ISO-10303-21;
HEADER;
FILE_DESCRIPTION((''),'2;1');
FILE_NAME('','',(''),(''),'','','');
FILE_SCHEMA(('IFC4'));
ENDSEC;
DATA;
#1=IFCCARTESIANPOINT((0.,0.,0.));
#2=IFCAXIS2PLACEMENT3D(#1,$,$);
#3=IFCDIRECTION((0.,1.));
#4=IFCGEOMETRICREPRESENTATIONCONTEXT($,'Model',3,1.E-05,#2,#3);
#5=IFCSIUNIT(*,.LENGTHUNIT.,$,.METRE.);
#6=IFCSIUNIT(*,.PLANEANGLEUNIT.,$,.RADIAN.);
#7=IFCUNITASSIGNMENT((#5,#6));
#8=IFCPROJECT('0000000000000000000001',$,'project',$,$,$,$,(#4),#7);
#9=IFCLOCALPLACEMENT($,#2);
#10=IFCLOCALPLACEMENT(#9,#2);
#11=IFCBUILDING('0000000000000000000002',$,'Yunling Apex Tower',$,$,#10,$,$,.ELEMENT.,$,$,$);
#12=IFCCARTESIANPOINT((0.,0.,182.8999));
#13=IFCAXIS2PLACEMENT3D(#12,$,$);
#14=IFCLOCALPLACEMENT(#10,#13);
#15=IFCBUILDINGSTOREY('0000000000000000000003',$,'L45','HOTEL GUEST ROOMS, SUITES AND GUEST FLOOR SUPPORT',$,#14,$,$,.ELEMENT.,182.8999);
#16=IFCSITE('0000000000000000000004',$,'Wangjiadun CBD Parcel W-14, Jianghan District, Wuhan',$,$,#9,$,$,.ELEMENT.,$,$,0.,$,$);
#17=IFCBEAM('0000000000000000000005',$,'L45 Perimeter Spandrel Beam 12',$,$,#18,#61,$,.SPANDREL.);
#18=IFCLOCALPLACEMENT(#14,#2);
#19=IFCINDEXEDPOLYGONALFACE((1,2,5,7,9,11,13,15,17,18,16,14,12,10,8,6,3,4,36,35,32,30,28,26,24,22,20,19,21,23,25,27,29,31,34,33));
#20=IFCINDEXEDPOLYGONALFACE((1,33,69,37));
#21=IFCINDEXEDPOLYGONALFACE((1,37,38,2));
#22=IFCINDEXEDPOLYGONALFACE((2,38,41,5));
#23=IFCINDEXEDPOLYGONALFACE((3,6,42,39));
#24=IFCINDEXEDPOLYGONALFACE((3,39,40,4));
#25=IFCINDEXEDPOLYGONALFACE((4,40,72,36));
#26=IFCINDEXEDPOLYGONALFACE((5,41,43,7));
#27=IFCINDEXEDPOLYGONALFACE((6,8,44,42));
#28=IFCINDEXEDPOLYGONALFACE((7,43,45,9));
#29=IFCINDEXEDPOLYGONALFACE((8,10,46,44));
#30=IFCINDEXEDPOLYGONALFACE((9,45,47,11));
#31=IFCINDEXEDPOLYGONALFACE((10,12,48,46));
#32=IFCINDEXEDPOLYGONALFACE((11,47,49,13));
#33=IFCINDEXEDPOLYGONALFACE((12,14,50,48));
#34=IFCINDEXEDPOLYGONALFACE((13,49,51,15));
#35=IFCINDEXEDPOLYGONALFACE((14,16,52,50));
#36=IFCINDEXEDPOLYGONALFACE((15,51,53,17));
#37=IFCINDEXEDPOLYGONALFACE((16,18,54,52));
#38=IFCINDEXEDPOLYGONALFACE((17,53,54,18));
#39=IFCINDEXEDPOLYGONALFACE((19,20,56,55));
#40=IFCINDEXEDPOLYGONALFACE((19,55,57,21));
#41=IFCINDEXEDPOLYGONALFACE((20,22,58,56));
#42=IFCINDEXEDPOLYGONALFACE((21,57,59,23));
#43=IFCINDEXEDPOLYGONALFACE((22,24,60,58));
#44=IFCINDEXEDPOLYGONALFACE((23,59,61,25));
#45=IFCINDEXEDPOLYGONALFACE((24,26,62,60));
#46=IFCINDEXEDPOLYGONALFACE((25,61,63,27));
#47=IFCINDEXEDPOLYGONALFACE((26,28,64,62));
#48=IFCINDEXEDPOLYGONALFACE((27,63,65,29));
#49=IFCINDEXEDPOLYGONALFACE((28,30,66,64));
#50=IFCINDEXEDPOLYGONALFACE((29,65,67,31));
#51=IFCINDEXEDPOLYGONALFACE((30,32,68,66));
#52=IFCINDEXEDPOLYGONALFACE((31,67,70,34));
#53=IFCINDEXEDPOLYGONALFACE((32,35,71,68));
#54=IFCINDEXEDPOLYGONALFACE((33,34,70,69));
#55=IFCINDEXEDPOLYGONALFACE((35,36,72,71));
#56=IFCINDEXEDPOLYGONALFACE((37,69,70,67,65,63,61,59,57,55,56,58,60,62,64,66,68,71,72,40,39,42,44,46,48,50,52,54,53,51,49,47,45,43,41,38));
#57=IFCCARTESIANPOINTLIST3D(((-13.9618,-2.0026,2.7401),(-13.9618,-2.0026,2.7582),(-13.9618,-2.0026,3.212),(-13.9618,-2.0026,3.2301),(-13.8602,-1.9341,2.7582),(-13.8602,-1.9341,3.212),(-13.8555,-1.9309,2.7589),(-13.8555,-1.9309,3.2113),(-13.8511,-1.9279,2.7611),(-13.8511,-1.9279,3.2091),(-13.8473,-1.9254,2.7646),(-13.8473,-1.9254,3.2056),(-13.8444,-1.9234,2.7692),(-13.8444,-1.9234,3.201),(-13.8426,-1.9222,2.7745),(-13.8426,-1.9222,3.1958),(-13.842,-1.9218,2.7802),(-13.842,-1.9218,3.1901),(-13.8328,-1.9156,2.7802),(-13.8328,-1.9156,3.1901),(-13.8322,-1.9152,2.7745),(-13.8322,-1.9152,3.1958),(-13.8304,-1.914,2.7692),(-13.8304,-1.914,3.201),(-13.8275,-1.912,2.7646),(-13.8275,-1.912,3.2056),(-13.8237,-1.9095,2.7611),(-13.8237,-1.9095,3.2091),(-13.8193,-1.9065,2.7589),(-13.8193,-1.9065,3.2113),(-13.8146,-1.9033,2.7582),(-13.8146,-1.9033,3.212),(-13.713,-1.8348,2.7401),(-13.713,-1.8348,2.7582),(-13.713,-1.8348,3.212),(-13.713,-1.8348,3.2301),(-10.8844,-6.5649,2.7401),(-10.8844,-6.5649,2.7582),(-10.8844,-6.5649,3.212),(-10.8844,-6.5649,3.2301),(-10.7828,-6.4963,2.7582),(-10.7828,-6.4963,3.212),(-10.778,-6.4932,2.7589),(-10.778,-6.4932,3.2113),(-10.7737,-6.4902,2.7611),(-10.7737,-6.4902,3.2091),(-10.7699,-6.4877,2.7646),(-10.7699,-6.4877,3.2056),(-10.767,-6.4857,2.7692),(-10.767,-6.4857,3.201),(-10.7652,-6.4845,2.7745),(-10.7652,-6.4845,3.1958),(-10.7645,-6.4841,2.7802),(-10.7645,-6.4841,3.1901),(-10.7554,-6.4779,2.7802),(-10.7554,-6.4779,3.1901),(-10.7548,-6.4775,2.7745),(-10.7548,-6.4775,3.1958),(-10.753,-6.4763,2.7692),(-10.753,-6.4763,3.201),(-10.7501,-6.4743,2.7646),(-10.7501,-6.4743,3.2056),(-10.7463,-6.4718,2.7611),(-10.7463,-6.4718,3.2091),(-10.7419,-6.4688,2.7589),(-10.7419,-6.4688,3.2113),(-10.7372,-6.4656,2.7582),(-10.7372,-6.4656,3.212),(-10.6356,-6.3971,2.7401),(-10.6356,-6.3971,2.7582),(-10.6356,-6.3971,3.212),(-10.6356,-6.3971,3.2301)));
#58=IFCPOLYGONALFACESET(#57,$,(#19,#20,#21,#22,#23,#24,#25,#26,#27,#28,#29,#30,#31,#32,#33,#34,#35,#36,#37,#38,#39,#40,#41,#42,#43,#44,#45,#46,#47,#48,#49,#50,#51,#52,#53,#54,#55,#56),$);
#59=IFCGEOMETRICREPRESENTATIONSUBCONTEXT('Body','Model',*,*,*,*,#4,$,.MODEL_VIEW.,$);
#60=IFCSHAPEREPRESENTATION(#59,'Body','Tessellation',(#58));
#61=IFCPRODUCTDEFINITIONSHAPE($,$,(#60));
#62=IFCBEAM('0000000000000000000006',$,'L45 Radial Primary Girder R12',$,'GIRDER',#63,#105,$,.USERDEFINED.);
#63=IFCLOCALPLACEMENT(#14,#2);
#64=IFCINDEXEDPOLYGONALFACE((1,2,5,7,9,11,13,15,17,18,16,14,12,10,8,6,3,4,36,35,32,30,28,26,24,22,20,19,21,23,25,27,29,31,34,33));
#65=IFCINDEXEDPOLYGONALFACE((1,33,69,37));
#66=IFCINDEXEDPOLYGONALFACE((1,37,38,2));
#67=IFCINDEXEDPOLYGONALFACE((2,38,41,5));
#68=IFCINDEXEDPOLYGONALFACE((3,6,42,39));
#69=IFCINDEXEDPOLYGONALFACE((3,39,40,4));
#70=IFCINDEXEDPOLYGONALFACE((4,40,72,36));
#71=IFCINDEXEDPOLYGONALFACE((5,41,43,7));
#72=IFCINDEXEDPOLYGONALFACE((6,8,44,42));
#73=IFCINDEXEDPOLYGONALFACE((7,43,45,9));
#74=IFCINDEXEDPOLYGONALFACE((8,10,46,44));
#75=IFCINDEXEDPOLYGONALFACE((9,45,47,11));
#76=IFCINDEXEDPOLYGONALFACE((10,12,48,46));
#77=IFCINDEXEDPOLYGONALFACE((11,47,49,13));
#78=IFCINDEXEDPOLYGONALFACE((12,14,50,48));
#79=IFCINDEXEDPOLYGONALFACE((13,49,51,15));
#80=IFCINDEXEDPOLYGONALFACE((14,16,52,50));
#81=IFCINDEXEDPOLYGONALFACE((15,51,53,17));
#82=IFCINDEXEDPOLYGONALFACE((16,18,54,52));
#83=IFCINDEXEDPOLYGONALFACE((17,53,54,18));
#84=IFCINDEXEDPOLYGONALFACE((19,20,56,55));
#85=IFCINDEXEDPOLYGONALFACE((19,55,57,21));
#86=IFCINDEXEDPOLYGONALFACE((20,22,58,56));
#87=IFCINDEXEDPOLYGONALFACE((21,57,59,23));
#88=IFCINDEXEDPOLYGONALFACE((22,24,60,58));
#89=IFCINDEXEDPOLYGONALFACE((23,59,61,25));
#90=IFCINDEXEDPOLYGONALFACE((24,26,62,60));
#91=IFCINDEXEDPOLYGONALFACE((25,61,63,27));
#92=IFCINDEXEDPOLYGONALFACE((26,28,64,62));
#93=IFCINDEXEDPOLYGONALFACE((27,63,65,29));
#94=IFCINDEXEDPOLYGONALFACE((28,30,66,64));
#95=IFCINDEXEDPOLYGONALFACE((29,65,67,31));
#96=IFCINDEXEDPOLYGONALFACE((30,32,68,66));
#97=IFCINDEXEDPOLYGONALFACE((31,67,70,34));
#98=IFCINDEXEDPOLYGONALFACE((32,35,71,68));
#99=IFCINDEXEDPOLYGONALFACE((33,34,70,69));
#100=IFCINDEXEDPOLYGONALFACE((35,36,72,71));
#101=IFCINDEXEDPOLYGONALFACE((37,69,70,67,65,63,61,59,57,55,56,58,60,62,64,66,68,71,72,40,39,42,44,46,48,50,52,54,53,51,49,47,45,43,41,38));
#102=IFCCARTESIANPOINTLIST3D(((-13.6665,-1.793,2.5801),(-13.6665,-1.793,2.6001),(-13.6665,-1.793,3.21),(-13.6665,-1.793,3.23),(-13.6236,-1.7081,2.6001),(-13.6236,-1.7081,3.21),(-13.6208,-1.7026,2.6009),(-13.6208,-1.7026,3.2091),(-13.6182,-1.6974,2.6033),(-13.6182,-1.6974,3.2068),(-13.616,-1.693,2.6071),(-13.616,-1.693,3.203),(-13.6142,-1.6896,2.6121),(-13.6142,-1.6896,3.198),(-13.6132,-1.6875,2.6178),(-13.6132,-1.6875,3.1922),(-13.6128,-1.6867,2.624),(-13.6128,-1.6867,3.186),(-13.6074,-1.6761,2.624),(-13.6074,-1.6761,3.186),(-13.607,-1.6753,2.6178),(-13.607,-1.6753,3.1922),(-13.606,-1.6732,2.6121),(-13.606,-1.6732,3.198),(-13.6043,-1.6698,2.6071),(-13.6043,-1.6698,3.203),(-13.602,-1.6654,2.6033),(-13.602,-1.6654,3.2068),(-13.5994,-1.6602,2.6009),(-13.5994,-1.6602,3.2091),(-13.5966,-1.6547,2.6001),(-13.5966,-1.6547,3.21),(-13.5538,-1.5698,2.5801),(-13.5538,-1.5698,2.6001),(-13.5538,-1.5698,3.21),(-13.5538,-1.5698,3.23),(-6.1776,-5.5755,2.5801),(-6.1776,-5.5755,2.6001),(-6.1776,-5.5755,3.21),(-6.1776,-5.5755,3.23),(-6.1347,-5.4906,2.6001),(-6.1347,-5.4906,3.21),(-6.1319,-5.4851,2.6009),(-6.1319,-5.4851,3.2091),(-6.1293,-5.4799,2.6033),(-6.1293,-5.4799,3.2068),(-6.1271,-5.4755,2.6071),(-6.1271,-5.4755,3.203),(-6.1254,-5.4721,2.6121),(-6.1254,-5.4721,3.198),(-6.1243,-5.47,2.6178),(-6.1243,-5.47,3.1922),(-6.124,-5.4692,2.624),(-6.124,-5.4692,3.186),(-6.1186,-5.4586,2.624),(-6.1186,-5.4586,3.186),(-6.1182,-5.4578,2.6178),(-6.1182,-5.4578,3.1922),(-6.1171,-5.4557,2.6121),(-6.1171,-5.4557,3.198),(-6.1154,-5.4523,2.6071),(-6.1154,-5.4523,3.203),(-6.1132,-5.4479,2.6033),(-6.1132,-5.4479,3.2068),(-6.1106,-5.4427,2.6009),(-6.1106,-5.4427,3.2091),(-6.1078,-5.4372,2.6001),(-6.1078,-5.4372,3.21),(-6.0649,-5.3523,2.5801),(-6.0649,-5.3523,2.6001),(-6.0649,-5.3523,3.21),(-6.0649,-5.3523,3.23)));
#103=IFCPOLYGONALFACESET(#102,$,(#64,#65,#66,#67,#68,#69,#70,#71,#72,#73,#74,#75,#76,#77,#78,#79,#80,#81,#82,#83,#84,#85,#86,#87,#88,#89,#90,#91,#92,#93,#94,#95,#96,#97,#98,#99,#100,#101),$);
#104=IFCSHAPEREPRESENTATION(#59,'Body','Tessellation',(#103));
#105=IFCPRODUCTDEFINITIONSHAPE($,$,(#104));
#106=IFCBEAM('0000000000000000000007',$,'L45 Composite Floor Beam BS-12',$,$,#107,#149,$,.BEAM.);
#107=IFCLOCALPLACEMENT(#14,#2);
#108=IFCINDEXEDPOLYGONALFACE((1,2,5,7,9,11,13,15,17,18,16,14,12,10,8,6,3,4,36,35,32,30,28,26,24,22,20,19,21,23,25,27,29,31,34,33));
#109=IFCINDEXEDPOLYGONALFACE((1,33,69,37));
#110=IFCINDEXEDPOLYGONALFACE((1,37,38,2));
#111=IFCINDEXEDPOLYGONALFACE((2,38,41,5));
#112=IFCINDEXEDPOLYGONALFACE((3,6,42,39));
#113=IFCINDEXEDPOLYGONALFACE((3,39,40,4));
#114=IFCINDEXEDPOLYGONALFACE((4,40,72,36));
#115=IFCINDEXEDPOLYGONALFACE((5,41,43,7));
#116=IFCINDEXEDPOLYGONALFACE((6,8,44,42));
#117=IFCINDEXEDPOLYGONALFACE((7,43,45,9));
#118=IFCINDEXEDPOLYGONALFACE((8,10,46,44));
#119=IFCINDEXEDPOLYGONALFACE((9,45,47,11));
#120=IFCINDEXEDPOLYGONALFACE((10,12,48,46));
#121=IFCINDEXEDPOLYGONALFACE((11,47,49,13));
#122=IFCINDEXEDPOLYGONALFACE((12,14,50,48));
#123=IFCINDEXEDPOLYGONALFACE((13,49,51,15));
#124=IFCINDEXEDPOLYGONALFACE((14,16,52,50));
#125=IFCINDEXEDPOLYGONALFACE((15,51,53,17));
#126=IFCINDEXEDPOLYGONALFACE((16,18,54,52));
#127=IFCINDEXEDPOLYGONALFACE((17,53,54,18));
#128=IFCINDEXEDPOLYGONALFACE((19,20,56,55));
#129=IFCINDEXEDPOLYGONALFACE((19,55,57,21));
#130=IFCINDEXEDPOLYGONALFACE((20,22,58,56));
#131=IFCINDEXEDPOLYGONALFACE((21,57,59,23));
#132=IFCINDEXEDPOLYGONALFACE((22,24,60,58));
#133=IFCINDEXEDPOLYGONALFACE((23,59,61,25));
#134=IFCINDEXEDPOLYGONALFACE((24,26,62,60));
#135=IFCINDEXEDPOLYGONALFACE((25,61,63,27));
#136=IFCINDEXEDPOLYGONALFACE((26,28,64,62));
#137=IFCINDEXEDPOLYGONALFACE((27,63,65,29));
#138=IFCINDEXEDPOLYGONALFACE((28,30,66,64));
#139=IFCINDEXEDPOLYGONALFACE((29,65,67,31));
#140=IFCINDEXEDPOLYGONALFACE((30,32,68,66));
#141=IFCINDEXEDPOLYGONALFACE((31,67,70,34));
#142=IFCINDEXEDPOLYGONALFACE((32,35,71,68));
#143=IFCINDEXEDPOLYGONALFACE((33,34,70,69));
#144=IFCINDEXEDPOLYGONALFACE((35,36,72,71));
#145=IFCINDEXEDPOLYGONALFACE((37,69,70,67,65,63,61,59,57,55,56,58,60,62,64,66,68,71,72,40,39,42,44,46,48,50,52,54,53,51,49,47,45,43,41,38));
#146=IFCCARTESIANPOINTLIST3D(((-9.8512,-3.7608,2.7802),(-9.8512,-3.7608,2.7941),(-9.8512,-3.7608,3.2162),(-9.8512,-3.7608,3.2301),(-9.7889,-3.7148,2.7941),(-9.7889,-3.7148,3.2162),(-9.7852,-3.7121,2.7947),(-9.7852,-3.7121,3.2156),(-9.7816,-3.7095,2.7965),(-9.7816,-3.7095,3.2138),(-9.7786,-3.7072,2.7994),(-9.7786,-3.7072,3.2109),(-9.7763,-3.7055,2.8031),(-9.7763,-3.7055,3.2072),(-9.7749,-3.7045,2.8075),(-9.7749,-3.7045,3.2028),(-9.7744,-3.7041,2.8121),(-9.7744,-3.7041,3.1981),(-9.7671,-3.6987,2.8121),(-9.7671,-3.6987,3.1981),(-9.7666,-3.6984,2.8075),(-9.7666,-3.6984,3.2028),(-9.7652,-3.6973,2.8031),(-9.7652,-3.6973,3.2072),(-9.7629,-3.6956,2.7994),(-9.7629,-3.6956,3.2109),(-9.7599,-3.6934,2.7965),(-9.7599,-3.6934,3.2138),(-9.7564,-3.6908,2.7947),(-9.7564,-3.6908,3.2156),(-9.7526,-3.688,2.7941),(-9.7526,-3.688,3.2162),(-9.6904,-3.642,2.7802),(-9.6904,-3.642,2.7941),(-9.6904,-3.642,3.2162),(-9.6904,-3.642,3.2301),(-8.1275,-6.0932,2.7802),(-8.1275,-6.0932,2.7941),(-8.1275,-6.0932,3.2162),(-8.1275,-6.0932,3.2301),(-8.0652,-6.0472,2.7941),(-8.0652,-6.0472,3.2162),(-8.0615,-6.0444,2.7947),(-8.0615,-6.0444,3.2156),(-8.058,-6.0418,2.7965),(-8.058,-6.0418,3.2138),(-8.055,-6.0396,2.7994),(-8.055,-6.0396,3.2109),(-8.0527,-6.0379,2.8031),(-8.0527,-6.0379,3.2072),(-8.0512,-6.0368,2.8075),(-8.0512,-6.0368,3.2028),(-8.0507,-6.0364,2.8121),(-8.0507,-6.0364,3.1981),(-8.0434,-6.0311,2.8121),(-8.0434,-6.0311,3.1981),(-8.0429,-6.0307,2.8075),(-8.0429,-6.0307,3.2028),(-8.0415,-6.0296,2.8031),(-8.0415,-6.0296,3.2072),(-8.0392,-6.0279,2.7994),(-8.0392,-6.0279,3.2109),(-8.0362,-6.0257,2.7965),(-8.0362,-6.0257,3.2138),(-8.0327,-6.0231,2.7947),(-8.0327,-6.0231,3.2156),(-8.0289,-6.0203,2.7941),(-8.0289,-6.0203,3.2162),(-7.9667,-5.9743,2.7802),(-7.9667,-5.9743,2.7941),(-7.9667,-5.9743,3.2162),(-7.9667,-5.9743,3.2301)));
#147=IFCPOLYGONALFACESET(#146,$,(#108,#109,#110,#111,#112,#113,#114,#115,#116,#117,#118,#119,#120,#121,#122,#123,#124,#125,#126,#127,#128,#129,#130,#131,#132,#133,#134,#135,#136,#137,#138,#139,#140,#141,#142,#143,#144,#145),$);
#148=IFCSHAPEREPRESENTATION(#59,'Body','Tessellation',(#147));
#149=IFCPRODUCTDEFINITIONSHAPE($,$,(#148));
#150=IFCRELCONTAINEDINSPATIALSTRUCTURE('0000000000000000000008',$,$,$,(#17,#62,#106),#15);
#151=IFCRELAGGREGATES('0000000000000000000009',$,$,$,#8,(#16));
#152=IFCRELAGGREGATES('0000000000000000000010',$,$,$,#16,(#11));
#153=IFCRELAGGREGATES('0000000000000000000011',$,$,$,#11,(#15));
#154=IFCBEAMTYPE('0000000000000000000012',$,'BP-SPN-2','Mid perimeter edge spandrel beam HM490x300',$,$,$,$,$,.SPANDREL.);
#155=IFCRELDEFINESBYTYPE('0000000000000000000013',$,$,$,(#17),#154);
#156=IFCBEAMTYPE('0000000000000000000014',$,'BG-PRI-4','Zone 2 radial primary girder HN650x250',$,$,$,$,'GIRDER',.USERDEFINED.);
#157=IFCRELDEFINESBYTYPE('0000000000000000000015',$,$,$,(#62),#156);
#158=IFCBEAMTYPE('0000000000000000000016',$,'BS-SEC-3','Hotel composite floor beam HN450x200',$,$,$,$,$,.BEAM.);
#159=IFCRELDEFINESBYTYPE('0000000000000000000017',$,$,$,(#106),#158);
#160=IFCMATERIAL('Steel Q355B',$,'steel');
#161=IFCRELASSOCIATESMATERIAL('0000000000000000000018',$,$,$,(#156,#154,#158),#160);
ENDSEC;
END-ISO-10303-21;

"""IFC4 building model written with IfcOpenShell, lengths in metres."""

from ifc_helpers import new_model, si_unit, direction, frame, origin, origin_2d, place, context, subcontext, project, spatial, i_section, extrude, source, transform, mapped, material, material_profile, profile_set, type_object, element, save


model = new_model("IFC4")

# Units and contexts
model_context = context("Model", 3, precision=1e-05, world=origin(), true_north=direction((0.0, 1.0)))
body_context = subcontext(model_context, "Body", "Model", "MODEL_VIEW")
ifc_project = project(units=[si_unit("LENGTHUNIT", "METRE"), si_unit("PLANEANGLEUNIT", "RADIAN")], contexts=[model_context])

# Site, building, storey
site_placement = place(None, origin())
site = spatial("IfcSite", under=ifc_project, at=site_placement, Name="Wangjiadun CBD Parcel W-14, Jianghan District, Wuhan", CompositionType="ELEMENT", RefElevation=0.0)
building_placement = place(site_placement, origin())
building = spatial("IfcBuilding", under=site, at=building_placement, Name="Yunling Apex Tower", CompositionType="ELEMENT")
storey_placement = place(building_placement, frame((0.0, 0.0, 182.8999)))
storey = spatial("IfcBuildingStorey", under=building, at=storey_placement, Name="L45", Description="HOTEL GUEST ROOMS, SUITES AND GUEST FLOOR SUPPORT", CompositionType="ELEMENT", Elevation=182.8999)

# Beams
ifc_material_1 = material(Name="Steel Q355B", Category="steel")
ifc_material_profile_1 = material_profile(ifc_material_1, i_section(OverallWidth=0.25, OverallDepth=0.6499, WebThickness=0.012, FlangeThickness=0.02, FilletRadius=0.0239, at=origin_2d()))
ifc_profile_set_1 = profile_set([ifc_material_profile_1], Name="Steel Q355B")
beam_type_1 = type_object("IfcBeamType", Name="BG-PRI-4", Description="Zone 2 radial primary girder HN650x250", ElementType="GIRDER", PredefinedType="USERDEFINED", material=ifc_profile_set_1)
ifc_material_profile_2 = material_profile(ifc_material_1, i_section(OverallWidth=0.3, OverallDepth=0.49, WebThickness=0.011, FlangeThickness=0.0181, FilletRadius=0.022, at=origin_2d()))
ifc_profile_set_2 = profile_set([ifc_material_profile_2], Name="Steel Q355B")
beam_type_2 = type_object("IfcBeamType", Name="BP-SPN-2", Description="Mid perimeter edge spandrel beam HM490x300", PredefinedType="SPANDREL", material=ifc_profile_set_2)
shared_shape_1 = source(origin(), body_context, "Body", "SweptSolid", [
    extrude(i_section(OverallWidth=0.3, OverallDepth=0.49, WebThickness=0.011, FlangeThickness=0.0181, FilletRadius=0.022, at=origin_2d()), origin(), (0.0, 0.0, 1.0), 5.5032),
])
beam_1_placement = place(storey_placement, frame((-13.8374, -1.9187, 2.9851), z_axis=(0.559207, -0.829028, 0.0), x_axis=(0.829028, 0.559207, 0.0)))
element("IfcBeam", 1, at=beam_1_placement, inside=storey, type_object=beam_type_2, Name="L45 Perimeter Spandrel Beam 12", PredefinedType="SPANDREL", context=body_context, shape_type="MappedRepresentation", body=[
    mapped(shared_shape_1, transform((0.0, 0.0, 0.0), scale=1.0)),
])
shared_shape_2 = source(origin(), body_context, "Body", "SweptSolid", [
    extrude(i_section(OverallWidth=0.25, OverallDepth=0.6499, WebThickness=0.012, FlangeThickness=0.02, FilletRadius=0.0239, at=origin_2d()), origin(), (0.0, 0.0, 1.0), 8.3899),
])
beam_2_placement = place(storey_placement, frame((-13.6101, -1.6814, 2.905), z_axis=(0.892604, -0.450842, 0.0), x_axis=(0.450842, 0.892604, 0.0)))
element("IfcBeam", 2, at=beam_2_placement, inside=storey, type_object=beam_type_1, Name="L45 Radial Primary Girder R12", ObjectType="GIRDER", PredefinedType="USERDEFINED", context=body_context, shape_type="MappedRepresentation", body=[
    mapped(shared_shape_2, transform((0.0, 0.0, 0.0), scale=1.0)),
])
ifc_material_profile_3 = material_profile(ifc_material_1, i_section(OverallWidth=0.2, OverallDepth=0.45, WebThickness=0.009, FlangeThickness=0.0139, FilletRadius=0.0181, at=origin_2d()))
ifc_profile_set_3 = profile_set([ifc_material_profile_3], Name="Steel Q355B")
beam_type_3 = type_object("IfcBeamType", Name="BS-SEC-3", Description="Hotel composite floor beam HN450x200", PredefinedType="BEAM", material=ifc_profile_set_3)
shared_shape_3 = source(origin(), body_context, "Body", "SweptSolid", [
    extrude(i_section(OverallWidth=0.2, OverallDepth=0.45, WebThickness=0.009, FlangeThickness=0.0139, FilletRadius=0.0181, at=origin_2d()), origin(), (0.0, 0.0, 1.0), 2.9001),
])
beam_3_placement = place(storey_placement, frame((-9.7708, -3.7014, 3.0051), z_axis=(0.594341, -0.804213, 0.0), x_axis=(0.804213, 0.594341, 0.0)))
element("IfcBeam", 3, at=beam_3_placement, inside=storey, type_object=beam_type_3, Name="L45 Composite Floor Beam BS-12", PredefinedType="BEAM", context=body_context, shape_type="MappedRepresentation", body=[
    mapped(shared_shape_3, transform((0.0, 0.0, 0.0), scale=1.0)),
])

save(model, "model.ifc")
